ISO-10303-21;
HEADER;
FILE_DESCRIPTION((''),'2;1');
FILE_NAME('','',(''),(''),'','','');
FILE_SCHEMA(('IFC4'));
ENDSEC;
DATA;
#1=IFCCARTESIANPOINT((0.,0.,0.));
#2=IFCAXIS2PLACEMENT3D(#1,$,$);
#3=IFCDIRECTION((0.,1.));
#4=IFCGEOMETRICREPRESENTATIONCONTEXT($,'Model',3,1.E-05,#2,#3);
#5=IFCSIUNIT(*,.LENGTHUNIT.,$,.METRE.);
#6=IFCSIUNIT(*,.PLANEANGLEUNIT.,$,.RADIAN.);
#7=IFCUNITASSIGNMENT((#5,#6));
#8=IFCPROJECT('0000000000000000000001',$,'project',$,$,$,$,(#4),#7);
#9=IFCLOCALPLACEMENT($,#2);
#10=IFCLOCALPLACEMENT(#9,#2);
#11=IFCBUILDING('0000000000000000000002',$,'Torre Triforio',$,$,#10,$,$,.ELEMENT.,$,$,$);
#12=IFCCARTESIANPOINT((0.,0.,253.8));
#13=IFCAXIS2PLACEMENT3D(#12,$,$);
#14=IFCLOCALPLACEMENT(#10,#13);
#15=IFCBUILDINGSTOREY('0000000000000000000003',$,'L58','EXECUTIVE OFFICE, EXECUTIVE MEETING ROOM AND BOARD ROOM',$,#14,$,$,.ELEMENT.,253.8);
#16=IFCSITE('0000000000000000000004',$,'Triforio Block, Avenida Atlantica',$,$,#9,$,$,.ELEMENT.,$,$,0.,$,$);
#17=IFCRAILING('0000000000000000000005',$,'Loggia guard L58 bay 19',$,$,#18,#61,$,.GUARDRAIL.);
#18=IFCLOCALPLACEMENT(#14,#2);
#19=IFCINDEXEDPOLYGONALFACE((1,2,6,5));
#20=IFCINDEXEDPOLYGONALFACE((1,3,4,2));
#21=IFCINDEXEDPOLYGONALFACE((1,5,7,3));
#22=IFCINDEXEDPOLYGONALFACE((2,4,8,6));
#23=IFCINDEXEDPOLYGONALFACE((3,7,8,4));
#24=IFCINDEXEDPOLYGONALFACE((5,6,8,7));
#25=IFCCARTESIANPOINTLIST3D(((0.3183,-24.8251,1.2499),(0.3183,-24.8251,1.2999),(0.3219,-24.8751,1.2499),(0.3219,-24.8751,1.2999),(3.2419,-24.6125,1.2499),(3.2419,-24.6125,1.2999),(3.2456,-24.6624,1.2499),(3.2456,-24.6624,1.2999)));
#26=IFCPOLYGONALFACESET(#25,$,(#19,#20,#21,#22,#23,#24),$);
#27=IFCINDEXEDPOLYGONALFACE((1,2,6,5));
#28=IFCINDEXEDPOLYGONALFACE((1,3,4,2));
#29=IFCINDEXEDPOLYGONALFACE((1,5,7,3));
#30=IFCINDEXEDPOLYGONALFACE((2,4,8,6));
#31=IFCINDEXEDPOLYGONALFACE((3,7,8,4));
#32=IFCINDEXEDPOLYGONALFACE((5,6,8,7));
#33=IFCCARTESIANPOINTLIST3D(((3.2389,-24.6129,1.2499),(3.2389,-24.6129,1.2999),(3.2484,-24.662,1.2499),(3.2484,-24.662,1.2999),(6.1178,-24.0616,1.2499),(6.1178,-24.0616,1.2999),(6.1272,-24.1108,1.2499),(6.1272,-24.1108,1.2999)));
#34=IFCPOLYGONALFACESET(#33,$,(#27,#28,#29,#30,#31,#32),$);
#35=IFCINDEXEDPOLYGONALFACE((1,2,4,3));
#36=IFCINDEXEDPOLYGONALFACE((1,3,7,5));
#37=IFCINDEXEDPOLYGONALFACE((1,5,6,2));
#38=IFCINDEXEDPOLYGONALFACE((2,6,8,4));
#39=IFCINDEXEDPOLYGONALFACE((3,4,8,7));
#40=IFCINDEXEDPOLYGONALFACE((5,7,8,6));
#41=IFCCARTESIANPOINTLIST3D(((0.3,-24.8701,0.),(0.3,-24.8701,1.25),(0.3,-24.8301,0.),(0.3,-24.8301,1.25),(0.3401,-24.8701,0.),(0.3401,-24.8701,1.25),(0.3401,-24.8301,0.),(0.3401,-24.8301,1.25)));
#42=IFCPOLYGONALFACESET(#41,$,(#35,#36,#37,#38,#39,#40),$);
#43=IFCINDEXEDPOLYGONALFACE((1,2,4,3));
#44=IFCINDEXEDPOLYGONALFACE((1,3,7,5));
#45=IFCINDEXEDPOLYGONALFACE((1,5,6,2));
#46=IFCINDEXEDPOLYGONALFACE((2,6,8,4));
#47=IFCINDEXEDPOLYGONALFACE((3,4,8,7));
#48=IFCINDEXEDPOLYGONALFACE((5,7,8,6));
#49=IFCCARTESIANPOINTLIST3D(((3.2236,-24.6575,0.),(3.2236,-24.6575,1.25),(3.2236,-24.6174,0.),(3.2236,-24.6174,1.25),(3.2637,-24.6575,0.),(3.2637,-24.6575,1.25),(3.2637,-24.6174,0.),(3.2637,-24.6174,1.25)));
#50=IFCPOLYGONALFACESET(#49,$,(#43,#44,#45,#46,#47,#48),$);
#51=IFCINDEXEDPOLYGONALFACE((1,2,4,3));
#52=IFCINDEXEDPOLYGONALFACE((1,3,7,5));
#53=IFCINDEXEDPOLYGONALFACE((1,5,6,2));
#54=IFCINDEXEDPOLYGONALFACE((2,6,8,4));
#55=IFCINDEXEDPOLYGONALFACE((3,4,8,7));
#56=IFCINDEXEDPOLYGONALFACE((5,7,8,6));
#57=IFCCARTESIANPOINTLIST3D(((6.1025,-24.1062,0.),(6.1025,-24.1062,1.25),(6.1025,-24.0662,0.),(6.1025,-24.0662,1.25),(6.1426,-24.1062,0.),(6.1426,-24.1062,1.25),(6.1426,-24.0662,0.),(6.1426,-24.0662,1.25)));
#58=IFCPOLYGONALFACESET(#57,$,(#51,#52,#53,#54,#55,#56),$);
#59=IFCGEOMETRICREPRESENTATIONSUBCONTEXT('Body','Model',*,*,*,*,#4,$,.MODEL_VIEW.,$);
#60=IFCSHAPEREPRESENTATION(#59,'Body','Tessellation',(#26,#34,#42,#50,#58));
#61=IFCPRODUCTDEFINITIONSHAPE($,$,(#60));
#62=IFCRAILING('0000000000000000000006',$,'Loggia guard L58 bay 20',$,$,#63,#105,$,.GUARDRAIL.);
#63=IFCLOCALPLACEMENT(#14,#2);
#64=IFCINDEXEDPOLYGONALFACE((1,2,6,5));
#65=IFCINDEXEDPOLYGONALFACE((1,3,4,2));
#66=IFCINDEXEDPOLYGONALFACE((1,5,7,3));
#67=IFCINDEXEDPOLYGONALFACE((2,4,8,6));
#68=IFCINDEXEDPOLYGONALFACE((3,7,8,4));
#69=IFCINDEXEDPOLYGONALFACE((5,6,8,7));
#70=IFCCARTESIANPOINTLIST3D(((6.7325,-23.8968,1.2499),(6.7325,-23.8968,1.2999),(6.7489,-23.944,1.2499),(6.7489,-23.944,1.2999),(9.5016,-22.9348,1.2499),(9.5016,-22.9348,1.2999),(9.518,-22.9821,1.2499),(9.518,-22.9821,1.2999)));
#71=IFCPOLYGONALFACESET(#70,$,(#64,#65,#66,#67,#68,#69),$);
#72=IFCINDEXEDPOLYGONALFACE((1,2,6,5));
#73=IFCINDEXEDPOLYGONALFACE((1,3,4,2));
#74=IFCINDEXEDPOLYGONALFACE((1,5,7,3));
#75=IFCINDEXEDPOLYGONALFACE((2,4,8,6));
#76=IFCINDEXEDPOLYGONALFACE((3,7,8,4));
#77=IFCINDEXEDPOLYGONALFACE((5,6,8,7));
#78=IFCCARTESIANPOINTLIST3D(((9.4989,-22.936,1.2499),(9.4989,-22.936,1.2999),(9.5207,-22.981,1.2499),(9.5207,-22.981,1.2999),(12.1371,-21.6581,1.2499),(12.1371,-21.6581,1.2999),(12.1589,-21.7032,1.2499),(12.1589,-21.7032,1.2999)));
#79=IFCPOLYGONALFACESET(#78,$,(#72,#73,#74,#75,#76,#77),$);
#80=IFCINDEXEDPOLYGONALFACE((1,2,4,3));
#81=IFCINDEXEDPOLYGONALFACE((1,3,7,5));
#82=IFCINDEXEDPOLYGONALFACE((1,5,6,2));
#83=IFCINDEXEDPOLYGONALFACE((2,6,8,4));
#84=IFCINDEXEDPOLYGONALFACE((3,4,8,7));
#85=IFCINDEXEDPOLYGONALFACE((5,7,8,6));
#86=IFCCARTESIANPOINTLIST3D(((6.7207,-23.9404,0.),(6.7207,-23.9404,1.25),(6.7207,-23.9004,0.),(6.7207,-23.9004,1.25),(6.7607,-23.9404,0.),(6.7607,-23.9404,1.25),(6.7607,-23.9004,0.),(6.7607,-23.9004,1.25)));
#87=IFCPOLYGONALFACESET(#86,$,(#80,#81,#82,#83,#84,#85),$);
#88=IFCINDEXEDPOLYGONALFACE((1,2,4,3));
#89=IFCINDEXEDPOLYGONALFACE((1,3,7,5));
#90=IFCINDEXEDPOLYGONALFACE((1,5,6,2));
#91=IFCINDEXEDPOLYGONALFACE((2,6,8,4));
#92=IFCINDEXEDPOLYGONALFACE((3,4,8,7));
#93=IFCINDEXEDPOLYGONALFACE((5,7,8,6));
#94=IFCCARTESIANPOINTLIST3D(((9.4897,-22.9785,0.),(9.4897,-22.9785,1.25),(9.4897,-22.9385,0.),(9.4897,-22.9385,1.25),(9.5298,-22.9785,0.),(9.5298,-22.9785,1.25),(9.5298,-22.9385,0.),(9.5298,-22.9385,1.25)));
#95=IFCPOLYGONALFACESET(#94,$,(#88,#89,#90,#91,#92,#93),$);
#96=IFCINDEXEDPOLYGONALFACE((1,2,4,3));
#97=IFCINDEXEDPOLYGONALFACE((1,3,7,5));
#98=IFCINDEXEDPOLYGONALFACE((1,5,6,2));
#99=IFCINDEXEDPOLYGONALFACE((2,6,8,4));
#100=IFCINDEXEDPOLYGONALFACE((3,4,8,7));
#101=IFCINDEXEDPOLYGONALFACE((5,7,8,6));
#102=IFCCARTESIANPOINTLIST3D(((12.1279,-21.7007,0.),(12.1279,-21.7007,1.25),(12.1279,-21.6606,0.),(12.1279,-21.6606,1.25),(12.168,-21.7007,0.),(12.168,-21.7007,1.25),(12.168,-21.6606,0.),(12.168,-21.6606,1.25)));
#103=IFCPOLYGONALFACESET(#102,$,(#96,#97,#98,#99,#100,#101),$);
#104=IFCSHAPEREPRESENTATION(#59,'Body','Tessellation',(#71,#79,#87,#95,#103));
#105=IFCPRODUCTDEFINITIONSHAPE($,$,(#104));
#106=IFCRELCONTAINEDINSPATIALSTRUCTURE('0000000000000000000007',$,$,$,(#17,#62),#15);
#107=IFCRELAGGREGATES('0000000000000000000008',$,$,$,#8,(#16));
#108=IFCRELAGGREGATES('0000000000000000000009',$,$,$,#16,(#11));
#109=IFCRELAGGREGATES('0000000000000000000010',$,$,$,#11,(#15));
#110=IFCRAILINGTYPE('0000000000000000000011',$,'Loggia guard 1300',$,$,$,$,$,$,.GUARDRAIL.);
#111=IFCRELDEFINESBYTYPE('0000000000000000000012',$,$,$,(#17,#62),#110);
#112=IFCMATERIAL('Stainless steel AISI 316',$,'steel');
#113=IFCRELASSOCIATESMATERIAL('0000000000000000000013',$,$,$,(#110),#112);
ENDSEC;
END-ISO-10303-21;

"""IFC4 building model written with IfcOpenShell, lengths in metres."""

from ifc_helpers import new_model, si_unit, direction, frame, origin, origin_2d, place, context, subcontext, project, spatial, rectangle, extrude, material, type_object, element, save


model = new_model("IFC4")

# Units and contexts
model_context = context("Model", 3, precision=1e-05, world=origin(), true_north=direction((0.0, 1.0)))
body_context = subcontext(model_context, "Body", "Model", "MODEL_VIEW")
ifc_project = project(units=[si_unit("LENGTHUNIT", "METRE"), si_unit("PLANEANGLEUNIT", "RADIAN")], contexts=[model_context])

# Site, building, storey
site_placement = place(None, origin())
site = spatial("IfcSite", under=ifc_project, at=site_placement, Name="Triforio Block, Avenida Atlantica", CompositionType="ELEMENT", RefElevation=0.0)
building_placement = place(site_placement, origin())
building = spatial("IfcBuilding", under=site, at=building_placement, Name="Torre Triforio", CompositionType="ELEMENT")
storey_placement = place(building_placement, frame((0.0, 0.0, 253.8)))
storey = spatial("IfcBuildingStorey", under=building, at=storey_placement, Name="L58", Description="EXECUTIVE OFFICE, EXECUTIVE MEETING ROOM AND BOARD ROOM", CompositionType="ELEMENT", Elevation=253.8)

# Railings
ifc_material_1 = material(Name="Stainless steel AISI 316", Category="steel")
railing_type = type_object("IfcRailingType", Name="Loggia guard 1300", PredefinedType="GUARDRAIL", material=ifc_material_1)
railing_1_placement = place(storey_placement, frame((0.3201, -24.8501, 0.0)))
element("IfcRailing", 1, at=railing_1_placement, inside=storey, type_object=railing_type, Name="Loggia guard L58 bay 19", PredefinedType="GUARDRAIL", context=body_context, shape_type="SweptSolid", body=[
    extrude(rectangle(XDim=0.05, YDim=0.05, at=origin_2d()), frame((0.0, 0.0, 1.2749), z_axis=(0.997365, 0.072543, 0.0), x_axis=(-0.072543, 0.997365, 0.0)), (0.0, 0.0, 1.0), 2.9314),
    extrude(rectangle(XDim=0.05, YDim=0.05, at=origin_2d()), frame((2.9236, 0.2126, 1.2749), z_axis=(0.982156, 0.188069, 0.0), x_axis=(-0.188069, 0.982156, 0.0)), (0.0, 0.0, 1.0), 2.9312),
    extrude(rectangle(XDim=0.04, YDim=0.04, at=origin_2d()), origin(), (0.0, 0.0, 1.0), 1.25),
    extrude(rectangle(XDim=0.04, YDim=0.04, at=origin_2d()), frame((2.9236, 0.2126, 0.0)), (0.0, 0.0, 1.0), 1.25),
    extrude(rectangle(XDim=0.04, YDim=0.04, at=origin_2d()), frame((5.8025, 0.7639, 0.0)), (0.0, 0.0, 1.0), 1.25),
])
railing_2_placement = place(storey_placement, frame((6.7407, -23.9204, 0.0)))
element("IfcRailing", 2, at=railing_2_placement, inside=storey, type_object=railing_type, Name="Loggia guard L58 bay 20", PredefinedType="GUARDRAIL", context=body_context, shape_type="SweptSolid", body=[
    extrude(rectangle(XDim=0.05, YDim=0.05, at=origin_2d()), frame((0.0, 0.0, 1.2749), z_axis=(0.944627, 0.328146, 0.0), x_axis=(-0.328146, 0.944627, 0.0)), (0.0, 0.0, 1.0), 2.9314),
    extrude(rectangle(XDim=0.05, YDim=0.05, at=origin_2d()), frame((2.769, 0.9619, 1.2749), z_axis=(0.899986, 0.435918, 0.0), x_axis=(-0.435918, 0.899986, 0.0)), (0.0, 0.0, 1.0), 2.9314),
    extrude(rectangle(XDim=0.04, YDim=0.04, at=origin_2d()), origin(), (0.0, 0.0, 1.0), 1.25),
    extrude(rectangle(XDim=0.04, YDim=0.04, at=origin_2d()), frame((2.769, 0.9619, 0.0)), (0.0, 0.0, 1.0), 1.25),
    extrude(rectangle(XDim=0.04, YDim=0.04, at=origin_2d()), frame((5.4072, 2.2397, 0.0)), (0.0, 0.0, 1.0), 1.25),
])

save(model, "model.ifc")
